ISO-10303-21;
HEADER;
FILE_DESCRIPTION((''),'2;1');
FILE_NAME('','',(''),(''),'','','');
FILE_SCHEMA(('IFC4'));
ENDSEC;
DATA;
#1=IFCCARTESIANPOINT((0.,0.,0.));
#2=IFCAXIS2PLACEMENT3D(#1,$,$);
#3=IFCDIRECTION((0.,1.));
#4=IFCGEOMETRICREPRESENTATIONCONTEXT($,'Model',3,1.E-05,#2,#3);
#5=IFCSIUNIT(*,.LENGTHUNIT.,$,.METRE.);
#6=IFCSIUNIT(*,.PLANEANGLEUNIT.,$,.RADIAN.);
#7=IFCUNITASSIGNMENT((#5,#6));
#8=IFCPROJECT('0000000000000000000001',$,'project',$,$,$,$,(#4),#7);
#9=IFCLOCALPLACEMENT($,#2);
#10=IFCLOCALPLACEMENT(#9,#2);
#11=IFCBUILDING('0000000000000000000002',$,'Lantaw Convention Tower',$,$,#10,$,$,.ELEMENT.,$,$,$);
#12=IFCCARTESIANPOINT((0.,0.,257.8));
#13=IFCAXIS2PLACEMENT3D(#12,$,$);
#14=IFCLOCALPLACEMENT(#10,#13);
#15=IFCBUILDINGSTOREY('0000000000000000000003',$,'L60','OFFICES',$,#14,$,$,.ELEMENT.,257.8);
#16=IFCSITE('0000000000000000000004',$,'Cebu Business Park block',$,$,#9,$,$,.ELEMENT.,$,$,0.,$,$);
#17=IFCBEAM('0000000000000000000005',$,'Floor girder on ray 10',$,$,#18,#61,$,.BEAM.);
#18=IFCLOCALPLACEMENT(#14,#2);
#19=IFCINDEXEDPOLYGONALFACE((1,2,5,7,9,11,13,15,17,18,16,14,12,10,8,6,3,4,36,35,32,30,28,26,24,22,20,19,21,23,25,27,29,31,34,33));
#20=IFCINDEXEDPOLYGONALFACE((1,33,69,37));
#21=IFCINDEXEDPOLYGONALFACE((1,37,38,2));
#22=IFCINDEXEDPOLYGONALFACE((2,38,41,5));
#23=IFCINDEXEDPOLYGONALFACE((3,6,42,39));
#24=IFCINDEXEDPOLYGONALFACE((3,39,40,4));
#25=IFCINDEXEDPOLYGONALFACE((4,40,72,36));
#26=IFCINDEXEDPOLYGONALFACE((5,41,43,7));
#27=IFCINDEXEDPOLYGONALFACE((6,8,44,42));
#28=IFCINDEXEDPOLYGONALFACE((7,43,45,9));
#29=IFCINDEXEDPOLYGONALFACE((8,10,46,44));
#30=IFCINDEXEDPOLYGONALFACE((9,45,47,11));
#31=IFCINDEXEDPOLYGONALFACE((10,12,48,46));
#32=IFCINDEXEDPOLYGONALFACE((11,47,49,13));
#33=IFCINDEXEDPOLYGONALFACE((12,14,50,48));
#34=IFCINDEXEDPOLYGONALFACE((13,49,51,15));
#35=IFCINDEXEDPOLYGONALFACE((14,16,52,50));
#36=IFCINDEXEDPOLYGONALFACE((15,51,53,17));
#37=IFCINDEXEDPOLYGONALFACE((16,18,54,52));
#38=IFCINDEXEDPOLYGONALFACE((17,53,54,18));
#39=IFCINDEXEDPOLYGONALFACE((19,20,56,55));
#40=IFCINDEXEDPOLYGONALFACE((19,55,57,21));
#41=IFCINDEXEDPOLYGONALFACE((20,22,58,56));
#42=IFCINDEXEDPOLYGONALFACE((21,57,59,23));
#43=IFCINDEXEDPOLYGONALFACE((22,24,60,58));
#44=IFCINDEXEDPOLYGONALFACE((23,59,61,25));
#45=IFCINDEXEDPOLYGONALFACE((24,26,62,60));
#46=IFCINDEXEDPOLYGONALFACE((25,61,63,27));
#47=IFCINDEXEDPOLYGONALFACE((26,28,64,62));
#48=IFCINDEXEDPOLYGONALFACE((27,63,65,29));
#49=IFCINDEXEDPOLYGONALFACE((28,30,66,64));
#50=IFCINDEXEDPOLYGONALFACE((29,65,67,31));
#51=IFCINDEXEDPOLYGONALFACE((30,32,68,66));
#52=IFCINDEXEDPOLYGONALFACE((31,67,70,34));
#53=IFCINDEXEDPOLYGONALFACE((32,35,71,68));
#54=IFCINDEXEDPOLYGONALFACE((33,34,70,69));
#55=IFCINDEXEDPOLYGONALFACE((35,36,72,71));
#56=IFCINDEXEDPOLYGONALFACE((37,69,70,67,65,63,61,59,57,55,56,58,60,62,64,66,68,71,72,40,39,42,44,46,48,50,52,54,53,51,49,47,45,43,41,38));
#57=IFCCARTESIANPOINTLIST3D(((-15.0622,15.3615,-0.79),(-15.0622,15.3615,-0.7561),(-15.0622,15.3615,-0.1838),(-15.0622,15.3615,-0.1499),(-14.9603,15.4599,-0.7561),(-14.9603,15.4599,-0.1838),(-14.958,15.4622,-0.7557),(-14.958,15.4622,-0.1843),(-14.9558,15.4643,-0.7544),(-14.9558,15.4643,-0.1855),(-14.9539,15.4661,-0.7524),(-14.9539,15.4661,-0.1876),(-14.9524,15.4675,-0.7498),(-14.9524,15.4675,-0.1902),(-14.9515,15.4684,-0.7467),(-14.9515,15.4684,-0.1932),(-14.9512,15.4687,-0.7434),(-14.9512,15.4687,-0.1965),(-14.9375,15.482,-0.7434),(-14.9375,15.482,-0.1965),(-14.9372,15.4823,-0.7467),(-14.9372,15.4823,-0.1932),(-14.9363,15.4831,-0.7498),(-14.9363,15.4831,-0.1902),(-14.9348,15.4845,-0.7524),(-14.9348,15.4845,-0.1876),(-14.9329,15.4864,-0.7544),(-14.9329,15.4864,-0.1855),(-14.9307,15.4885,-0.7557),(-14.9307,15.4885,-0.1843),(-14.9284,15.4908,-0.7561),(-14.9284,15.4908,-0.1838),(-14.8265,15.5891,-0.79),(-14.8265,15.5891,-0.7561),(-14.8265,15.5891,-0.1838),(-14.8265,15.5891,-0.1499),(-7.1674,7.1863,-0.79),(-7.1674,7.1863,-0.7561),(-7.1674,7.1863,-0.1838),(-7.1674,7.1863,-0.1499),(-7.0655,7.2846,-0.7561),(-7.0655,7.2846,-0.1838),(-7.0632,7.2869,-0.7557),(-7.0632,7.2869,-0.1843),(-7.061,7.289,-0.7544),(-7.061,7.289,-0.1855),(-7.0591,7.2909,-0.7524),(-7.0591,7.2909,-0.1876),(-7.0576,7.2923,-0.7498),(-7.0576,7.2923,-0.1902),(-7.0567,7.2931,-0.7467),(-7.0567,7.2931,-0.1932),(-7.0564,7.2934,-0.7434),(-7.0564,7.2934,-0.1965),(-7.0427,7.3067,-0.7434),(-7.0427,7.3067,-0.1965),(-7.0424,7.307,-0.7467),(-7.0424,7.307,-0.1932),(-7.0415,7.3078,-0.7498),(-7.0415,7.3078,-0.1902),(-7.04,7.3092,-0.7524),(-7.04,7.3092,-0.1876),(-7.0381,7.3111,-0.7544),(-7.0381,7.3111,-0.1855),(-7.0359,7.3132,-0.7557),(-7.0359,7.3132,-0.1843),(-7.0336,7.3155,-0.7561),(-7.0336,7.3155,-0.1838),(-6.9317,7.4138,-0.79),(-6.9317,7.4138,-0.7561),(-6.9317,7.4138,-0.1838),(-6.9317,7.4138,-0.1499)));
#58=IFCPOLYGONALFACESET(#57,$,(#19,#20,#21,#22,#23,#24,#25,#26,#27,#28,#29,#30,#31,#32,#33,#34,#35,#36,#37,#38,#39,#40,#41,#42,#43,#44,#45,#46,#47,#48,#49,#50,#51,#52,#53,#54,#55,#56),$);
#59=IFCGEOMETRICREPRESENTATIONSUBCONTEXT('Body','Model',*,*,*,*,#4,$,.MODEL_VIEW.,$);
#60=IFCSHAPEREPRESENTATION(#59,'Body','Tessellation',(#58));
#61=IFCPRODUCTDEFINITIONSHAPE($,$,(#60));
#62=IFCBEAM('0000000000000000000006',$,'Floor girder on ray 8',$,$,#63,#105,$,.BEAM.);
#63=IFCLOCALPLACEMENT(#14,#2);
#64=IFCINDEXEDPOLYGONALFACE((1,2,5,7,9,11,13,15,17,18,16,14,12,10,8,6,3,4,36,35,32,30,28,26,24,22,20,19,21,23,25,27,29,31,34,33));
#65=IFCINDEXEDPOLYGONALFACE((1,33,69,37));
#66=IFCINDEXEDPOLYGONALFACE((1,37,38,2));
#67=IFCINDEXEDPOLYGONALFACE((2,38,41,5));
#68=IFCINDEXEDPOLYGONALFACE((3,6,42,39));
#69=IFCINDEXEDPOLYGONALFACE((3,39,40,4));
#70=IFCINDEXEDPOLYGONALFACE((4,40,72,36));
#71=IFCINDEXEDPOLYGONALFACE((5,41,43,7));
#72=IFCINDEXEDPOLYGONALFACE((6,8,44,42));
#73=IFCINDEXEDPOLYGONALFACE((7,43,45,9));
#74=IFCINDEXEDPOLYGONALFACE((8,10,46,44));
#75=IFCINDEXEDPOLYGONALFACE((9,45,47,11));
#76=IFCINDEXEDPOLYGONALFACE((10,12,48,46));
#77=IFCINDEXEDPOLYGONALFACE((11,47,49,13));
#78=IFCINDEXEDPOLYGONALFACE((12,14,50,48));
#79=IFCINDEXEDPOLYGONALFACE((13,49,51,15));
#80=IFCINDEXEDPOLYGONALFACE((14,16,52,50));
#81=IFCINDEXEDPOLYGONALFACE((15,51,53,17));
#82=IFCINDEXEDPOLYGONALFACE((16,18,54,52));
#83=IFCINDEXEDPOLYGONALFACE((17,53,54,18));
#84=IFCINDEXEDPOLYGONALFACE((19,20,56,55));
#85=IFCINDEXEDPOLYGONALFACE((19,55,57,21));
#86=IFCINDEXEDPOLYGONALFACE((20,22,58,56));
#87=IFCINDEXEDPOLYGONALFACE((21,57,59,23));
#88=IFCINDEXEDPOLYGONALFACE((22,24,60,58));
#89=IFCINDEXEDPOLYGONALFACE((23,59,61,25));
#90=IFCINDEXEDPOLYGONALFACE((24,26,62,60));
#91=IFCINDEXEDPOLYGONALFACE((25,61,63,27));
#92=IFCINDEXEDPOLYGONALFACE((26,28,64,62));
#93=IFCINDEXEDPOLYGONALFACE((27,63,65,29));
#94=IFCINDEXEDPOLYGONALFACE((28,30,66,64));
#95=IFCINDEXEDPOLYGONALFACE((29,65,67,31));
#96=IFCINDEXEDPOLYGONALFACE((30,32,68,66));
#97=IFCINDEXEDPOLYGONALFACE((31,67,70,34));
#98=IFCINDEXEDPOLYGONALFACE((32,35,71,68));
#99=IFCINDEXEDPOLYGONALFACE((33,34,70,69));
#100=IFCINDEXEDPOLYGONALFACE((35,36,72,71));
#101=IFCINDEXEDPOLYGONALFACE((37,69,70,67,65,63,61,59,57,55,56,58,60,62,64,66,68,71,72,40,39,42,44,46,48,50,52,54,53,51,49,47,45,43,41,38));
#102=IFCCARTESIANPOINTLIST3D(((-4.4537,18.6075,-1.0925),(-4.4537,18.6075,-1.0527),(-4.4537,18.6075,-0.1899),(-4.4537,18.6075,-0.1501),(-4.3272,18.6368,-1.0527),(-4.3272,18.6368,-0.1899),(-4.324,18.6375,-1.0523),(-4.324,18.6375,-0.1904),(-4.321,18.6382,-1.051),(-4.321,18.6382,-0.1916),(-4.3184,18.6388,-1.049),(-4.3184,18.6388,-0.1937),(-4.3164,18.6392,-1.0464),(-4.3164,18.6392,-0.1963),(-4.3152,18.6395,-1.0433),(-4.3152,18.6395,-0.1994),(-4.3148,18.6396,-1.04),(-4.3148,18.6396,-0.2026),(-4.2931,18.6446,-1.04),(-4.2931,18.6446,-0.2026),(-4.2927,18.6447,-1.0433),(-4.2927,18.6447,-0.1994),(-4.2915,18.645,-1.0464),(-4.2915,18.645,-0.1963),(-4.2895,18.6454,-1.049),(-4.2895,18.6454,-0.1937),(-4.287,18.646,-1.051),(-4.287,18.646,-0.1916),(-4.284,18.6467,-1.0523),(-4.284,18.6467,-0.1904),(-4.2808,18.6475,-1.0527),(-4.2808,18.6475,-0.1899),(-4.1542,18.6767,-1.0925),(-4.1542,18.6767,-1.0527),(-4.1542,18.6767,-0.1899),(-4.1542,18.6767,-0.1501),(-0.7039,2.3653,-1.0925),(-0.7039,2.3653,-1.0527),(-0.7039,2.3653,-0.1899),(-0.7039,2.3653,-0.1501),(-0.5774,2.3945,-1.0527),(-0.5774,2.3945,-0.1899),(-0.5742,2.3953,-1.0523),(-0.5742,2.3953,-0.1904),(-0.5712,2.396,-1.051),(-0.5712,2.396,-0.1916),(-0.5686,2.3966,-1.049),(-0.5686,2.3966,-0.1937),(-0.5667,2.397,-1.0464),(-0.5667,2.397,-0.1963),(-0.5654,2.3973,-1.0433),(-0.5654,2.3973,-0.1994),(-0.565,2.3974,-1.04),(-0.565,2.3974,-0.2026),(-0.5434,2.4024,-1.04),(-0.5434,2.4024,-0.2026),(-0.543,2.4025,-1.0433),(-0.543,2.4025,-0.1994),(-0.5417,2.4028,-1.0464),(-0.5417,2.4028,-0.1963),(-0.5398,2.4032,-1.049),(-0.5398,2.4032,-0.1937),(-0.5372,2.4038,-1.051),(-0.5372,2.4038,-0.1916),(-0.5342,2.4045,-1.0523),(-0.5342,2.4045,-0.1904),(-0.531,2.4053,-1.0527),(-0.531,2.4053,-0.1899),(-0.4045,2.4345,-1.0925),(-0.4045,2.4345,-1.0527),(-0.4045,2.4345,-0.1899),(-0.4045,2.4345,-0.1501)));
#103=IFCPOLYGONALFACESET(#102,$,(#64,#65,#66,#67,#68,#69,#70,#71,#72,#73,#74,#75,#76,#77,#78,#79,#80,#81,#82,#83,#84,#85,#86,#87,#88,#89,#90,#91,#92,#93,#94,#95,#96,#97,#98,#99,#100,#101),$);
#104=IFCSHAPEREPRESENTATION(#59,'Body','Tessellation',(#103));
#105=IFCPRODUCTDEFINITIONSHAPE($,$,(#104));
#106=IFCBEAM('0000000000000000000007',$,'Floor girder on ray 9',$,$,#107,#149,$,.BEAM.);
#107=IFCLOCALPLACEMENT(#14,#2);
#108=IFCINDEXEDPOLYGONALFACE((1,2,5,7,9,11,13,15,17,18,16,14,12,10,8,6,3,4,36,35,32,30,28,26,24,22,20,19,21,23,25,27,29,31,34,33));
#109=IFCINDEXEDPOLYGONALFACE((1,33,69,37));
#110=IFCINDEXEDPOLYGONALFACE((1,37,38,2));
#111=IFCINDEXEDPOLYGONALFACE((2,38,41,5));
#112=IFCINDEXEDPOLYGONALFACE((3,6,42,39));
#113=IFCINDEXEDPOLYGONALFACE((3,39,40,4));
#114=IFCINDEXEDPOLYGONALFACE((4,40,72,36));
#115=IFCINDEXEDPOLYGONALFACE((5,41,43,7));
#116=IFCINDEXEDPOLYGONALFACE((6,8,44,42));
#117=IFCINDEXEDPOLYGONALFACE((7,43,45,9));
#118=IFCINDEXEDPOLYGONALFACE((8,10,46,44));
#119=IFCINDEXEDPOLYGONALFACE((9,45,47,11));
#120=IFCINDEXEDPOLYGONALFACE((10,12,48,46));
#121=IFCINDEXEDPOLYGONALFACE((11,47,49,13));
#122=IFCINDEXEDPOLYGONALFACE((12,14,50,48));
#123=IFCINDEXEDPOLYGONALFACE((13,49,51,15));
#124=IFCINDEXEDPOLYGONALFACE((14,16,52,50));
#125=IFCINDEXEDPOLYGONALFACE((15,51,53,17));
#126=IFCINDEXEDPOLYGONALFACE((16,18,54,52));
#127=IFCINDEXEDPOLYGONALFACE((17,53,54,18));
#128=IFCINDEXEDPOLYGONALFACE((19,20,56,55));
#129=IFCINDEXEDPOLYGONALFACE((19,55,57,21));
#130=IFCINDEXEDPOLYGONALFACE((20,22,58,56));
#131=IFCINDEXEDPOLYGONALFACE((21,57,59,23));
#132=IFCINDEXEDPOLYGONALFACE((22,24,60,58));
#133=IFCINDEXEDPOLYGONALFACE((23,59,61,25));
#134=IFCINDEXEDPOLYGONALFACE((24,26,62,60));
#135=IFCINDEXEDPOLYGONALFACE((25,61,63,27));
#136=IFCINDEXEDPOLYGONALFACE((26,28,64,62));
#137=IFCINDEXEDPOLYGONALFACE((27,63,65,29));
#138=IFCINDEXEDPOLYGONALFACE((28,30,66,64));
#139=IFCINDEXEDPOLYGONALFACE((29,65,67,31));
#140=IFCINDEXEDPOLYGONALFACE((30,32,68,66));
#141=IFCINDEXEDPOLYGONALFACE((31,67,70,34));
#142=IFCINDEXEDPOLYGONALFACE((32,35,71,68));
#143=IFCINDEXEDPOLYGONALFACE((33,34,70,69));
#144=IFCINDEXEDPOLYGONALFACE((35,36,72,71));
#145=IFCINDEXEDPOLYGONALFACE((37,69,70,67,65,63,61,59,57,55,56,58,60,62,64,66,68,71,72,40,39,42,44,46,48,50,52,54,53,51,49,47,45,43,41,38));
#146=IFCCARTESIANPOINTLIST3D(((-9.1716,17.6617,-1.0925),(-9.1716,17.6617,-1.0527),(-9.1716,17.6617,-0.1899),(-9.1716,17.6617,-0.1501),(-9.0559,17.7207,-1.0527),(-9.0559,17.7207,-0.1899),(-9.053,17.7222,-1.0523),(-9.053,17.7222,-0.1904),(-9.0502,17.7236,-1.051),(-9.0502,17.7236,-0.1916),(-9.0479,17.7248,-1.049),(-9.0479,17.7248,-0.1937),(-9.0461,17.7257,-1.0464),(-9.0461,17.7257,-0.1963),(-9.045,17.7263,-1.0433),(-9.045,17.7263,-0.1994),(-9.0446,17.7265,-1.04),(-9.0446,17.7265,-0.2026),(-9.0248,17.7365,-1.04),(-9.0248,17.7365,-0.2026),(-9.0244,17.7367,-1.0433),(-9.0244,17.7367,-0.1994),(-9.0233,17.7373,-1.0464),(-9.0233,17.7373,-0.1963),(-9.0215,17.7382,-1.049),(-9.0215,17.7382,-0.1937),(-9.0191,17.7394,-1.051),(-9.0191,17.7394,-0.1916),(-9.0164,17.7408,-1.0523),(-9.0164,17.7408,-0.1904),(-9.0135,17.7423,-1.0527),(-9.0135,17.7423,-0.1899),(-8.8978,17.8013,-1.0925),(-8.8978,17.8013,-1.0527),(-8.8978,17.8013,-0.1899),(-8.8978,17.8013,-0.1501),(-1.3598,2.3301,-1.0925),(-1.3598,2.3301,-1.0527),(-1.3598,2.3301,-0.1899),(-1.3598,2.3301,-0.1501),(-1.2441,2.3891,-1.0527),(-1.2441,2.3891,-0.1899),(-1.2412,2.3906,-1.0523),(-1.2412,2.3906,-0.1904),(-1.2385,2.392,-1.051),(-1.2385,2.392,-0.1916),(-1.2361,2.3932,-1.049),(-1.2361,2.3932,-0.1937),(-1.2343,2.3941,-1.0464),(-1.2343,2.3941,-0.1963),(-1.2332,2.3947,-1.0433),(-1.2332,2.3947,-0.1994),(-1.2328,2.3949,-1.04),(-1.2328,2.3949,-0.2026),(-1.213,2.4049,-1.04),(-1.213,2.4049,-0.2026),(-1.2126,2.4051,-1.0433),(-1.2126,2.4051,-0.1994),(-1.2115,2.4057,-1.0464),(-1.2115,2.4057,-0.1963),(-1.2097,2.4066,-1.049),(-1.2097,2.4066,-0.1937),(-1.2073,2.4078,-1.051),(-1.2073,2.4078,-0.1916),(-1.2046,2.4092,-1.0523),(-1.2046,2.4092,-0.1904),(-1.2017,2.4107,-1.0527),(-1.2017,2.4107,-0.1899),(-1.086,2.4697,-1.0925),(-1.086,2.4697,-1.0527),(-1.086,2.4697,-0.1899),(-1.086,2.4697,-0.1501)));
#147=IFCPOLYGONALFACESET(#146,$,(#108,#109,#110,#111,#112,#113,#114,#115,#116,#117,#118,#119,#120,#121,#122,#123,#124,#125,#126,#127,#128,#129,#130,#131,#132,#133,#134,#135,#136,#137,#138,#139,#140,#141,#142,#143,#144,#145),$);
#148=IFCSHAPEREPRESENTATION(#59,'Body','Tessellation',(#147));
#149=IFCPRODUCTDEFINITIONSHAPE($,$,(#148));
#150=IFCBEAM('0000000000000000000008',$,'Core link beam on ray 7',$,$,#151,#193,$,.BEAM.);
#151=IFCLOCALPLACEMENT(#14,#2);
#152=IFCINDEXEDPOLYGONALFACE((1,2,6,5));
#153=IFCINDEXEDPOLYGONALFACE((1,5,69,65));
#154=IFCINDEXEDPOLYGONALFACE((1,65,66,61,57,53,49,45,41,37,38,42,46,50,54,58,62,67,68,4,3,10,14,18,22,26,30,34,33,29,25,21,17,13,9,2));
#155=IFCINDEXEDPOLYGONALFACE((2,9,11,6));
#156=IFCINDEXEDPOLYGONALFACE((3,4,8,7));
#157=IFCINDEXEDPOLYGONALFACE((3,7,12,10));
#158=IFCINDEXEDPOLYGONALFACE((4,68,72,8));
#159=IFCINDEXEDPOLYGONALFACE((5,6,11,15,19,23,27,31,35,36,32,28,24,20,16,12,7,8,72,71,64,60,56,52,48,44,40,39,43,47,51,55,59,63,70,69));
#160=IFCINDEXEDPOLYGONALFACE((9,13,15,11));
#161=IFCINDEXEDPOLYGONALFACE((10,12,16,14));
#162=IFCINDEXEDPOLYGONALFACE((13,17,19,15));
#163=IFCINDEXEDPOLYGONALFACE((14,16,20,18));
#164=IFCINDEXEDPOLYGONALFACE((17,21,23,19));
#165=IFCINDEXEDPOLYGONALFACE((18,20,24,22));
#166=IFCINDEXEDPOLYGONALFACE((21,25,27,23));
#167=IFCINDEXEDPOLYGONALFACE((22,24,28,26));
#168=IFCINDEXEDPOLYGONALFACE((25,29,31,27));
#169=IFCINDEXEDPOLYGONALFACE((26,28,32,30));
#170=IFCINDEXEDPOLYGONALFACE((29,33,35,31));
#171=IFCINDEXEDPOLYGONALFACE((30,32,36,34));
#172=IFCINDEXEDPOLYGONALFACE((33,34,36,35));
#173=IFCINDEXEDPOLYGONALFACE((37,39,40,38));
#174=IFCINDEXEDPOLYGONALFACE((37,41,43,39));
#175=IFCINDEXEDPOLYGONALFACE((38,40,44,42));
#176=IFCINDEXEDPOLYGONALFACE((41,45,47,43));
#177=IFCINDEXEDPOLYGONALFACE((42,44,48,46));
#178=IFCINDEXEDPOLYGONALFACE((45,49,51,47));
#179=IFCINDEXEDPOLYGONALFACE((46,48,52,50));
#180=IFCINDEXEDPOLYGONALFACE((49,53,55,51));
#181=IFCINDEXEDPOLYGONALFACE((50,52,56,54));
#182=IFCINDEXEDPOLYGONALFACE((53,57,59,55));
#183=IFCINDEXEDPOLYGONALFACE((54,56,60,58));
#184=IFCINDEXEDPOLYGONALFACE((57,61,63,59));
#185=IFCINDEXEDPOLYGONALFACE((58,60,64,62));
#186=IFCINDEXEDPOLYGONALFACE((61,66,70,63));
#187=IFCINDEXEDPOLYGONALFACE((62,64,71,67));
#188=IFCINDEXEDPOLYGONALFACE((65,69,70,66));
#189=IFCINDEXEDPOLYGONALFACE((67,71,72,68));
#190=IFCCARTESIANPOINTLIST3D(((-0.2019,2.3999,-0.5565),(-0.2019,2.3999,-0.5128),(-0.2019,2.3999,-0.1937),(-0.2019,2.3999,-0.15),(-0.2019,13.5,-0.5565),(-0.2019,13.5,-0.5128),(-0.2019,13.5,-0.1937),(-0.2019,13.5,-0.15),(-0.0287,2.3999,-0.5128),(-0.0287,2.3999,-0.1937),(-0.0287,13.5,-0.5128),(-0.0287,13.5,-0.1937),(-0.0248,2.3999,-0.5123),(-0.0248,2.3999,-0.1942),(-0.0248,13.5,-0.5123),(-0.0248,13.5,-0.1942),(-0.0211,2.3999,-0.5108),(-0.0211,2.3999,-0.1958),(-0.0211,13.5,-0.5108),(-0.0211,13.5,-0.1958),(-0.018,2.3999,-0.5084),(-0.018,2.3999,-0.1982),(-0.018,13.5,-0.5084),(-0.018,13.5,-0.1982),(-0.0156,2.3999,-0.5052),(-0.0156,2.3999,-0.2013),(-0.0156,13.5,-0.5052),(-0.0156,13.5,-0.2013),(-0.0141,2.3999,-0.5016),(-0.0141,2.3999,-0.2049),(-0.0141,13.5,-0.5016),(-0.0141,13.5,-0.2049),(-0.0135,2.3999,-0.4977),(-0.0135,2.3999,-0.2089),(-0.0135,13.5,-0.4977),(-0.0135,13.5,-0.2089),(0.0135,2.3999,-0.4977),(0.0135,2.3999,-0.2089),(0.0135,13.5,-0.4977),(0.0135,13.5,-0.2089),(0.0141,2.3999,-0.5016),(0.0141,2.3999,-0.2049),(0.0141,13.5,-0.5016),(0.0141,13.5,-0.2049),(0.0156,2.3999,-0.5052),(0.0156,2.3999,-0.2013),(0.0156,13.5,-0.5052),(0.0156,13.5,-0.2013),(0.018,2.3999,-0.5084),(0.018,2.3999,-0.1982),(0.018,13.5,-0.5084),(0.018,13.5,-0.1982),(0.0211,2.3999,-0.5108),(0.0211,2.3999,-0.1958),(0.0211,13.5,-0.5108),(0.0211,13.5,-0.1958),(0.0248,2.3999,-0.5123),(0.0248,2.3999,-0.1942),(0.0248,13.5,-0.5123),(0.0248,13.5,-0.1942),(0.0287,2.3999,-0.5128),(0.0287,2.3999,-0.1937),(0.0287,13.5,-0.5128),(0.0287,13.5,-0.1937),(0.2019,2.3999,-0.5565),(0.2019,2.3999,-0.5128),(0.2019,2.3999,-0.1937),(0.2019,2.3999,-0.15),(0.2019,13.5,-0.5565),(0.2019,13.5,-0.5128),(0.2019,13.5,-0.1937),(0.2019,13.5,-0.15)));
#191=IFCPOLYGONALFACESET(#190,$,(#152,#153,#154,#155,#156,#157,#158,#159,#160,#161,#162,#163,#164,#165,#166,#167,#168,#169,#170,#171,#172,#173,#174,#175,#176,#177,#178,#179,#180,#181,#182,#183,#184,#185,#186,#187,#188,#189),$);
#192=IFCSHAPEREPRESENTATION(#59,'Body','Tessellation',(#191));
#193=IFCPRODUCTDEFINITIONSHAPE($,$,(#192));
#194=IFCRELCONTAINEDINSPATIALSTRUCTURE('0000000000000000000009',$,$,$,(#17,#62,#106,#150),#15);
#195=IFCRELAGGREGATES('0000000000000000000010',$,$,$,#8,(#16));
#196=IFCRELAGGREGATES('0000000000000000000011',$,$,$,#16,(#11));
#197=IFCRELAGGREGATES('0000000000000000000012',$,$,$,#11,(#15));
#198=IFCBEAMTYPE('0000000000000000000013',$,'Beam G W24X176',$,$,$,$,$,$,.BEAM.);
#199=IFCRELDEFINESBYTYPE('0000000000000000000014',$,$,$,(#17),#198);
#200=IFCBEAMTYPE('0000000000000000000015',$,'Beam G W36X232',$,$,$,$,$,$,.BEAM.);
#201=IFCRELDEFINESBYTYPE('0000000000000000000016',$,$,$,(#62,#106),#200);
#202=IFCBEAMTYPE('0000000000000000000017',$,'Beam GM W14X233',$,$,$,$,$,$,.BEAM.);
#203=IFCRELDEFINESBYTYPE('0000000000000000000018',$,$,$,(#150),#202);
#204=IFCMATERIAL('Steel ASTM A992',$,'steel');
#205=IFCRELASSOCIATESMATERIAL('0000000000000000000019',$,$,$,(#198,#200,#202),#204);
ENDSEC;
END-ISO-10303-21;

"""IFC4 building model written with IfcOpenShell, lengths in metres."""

from ifc_helpers import new_model, si_unit, direction, frame, origin, origin_2d, place, context, subcontext, project, spatial, i_section, extrude, material, material_profile, profile_set, type_object, element, save


model = new_model("IFC4")

# Units and contexts
model_context = context("Model", 3, precision=1e-05, world=origin(), true_north=direction((0.0, 1.0)))
body_context = subcontext(model_context, "Body", "Model", "MODEL_VIEW")
ifc_project = project(units=[si_unit("LENGTHUNIT", "METRE"), si_unit("PLANEANGLEUNIT", "RADIAN")], contexts=[model_context])

# Site, building, storey
site_placement = place(None, origin())
site = spatial("IfcSite", under=ifc_project, at=site_placement, Name="Cebu Business Park block", CompositionType="ELEMENT", RefElevation=0.0)
building_placement = place(site_placement, origin())
building = spatial("IfcBuilding", under=site, at=building_placement, Name="Lantaw Convention Tower", CompositionType="ELEMENT")
storey_placement = place(building_placement, frame((0.0, 0.0, 257.8)))
storey = spatial("IfcBuildingStorey", under=building, at=storey_placement, Name="L60", Description="OFFICES", CompositionType="ELEMENT", Elevation=257.8)

# Beams
ifc_material_1 = material(Name="Steel ASTM A992", Category="steel")
ifc_material_profile_1 = material_profile(ifc_material_1, i_section(OverallWidth=0.3276, OverallDepth=0.6401, WebThickness=0.019, FlangeThickness=0.0339, FilletRadius=0.0127, at=origin_2d()), Name="W24X176")
ifc_profile_set_1 = profile_set([ifc_material_profile_1], Name="Steel ASTM A992")
beam_type_1 = type_object("IfcBeamType", Name="Beam G W24X176", PredefinedType="BEAM", material=ifc_profile_set_1)
beam_1_placement = place(storey_placement, frame((-7.0496, 7.3, -0.47), z_axis=(-0.694658, 0.71934, 0.0), x_axis=(-0.71934, -0.694658, 0.0)))
element("IfcBeam", 1, at=beam_1_placement, inside=storey, type_object=beam_type_1, Name="Floor girder on ray 10", PredefinedType="BEAM", context=body_context, shape_type="SweptSolid", body=[
    extrude(i_section(OverallWidth=0.3276, OverallDepth=0.6401, WebThickness=0.019, FlangeThickness=0.0339, FilletRadius=0.0127, at=origin_2d()), origin(), (0.0, 0.0, 1.0), 11.365),
])
ifc_material_profile_2 = material_profile(ifc_material_1, i_section(OverallWidth=0.3074, OverallDepth=0.9424, WebThickness=0.0222, FlangeThickness=0.0398, FilletRadius=0.0127, at=origin_2d()), Name="W36X232")
ifc_profile_set_2 = profile_set([ifc_material_profile_2], Name="Steel ASTM A992")
beam_type_2 = type_object("IfcBeamType", Name="Beam G W36X232", PredefinedType="BEAM", material=ifc_profile_set_2)
beam_2_placement = place(storey_placement, frame((-0.5542, 2.3999, -0.6213), z_axis=(-0.224948, 0.974371, 0.0), x_axis=(-0.974371, -0.224948, 0.0)))
element("IfcBeam", 2, at=beam_2_placement, inside=storey, type_object=beam_type_2, Name="Floor girder on ray 8", PredefinedType="BEAM", context=body_context, shape_type="SweptSolid", body=[
    extrude(i_section(OverallWidth=0.3074, OverallDepth=0.9424, WebThickness=0.0222, FlangeThickness=0.0398, FilletRadius=0.0127, at=origin_2d()), origin(), (0.0, 0.0, 1.0), 16.6694),
])
beam_3_placement = place(storey_placement, frame((-1.2229, 2.3999, -0.6213), z_axis=(-0.453988, 0.891008, 0.0), x_axis=(-0.891008, -0.453988, 0.0)))
element("IfcBeam", 3, at=beam_3_placement, inside=storey, type_object=beam_type_2, Name="Floor girder on ray 9", PredefinedType="BEAM", context=body_context, shape_type="SweptSolid", body=[
    extrude(i_section(OverallWidth=0.3074, OverallDepth=0.9424, WebThickness=0.0222, FlangeThickness=0.0398, FilletRadius=0.0127, at=origin_2d()), origin(), (0.0, 0.0, 1.0), 17.207),
])
ifc_material_profile_3 = material_profile(ifc_material_1, i_section(OverallWidth=0.4038, OverallDepth=0.4065, WebThickness=0.0271, FlangeThickness=0.0437, FilletRadius=0.0151, at=origin_2d()), Name="W14X233")
ifc_profile_set_3 = profile_set([ifc_material_profile_3], Name="Steel ASTM A992")
beam_type_3 = type_object("IfcBeamType", Name="Beam GM W14X233", PredefinedType="BEAM", material=ifc_profile_set_3)
beam_4_placement = place(storey_placement, frame((0.0, 2.3999, -0.3533), z_axis=(0.0, 1.0, 0.0), x_axis=(-1.0, 0.0, 0.0)))
element("IfcBeam", 4, at=beam_4_placement, inside=storey, type_object=beam_type_3, Name="Core link beam on ray 7", PredefinedType="BEAM", context=body_context, shape_type="SweptSolid", body=[
    extrude(i_section(OverallWidth=0.4038, OverallDepth=0.4065, WebThickness=0.0271, FlangeThickness=0.0437, FilletRadius=0.0151, at=origin_2d()), origin(), (0.0, 0.0, 1.0), 11.1001),
])

save(model, "model.ifc")
